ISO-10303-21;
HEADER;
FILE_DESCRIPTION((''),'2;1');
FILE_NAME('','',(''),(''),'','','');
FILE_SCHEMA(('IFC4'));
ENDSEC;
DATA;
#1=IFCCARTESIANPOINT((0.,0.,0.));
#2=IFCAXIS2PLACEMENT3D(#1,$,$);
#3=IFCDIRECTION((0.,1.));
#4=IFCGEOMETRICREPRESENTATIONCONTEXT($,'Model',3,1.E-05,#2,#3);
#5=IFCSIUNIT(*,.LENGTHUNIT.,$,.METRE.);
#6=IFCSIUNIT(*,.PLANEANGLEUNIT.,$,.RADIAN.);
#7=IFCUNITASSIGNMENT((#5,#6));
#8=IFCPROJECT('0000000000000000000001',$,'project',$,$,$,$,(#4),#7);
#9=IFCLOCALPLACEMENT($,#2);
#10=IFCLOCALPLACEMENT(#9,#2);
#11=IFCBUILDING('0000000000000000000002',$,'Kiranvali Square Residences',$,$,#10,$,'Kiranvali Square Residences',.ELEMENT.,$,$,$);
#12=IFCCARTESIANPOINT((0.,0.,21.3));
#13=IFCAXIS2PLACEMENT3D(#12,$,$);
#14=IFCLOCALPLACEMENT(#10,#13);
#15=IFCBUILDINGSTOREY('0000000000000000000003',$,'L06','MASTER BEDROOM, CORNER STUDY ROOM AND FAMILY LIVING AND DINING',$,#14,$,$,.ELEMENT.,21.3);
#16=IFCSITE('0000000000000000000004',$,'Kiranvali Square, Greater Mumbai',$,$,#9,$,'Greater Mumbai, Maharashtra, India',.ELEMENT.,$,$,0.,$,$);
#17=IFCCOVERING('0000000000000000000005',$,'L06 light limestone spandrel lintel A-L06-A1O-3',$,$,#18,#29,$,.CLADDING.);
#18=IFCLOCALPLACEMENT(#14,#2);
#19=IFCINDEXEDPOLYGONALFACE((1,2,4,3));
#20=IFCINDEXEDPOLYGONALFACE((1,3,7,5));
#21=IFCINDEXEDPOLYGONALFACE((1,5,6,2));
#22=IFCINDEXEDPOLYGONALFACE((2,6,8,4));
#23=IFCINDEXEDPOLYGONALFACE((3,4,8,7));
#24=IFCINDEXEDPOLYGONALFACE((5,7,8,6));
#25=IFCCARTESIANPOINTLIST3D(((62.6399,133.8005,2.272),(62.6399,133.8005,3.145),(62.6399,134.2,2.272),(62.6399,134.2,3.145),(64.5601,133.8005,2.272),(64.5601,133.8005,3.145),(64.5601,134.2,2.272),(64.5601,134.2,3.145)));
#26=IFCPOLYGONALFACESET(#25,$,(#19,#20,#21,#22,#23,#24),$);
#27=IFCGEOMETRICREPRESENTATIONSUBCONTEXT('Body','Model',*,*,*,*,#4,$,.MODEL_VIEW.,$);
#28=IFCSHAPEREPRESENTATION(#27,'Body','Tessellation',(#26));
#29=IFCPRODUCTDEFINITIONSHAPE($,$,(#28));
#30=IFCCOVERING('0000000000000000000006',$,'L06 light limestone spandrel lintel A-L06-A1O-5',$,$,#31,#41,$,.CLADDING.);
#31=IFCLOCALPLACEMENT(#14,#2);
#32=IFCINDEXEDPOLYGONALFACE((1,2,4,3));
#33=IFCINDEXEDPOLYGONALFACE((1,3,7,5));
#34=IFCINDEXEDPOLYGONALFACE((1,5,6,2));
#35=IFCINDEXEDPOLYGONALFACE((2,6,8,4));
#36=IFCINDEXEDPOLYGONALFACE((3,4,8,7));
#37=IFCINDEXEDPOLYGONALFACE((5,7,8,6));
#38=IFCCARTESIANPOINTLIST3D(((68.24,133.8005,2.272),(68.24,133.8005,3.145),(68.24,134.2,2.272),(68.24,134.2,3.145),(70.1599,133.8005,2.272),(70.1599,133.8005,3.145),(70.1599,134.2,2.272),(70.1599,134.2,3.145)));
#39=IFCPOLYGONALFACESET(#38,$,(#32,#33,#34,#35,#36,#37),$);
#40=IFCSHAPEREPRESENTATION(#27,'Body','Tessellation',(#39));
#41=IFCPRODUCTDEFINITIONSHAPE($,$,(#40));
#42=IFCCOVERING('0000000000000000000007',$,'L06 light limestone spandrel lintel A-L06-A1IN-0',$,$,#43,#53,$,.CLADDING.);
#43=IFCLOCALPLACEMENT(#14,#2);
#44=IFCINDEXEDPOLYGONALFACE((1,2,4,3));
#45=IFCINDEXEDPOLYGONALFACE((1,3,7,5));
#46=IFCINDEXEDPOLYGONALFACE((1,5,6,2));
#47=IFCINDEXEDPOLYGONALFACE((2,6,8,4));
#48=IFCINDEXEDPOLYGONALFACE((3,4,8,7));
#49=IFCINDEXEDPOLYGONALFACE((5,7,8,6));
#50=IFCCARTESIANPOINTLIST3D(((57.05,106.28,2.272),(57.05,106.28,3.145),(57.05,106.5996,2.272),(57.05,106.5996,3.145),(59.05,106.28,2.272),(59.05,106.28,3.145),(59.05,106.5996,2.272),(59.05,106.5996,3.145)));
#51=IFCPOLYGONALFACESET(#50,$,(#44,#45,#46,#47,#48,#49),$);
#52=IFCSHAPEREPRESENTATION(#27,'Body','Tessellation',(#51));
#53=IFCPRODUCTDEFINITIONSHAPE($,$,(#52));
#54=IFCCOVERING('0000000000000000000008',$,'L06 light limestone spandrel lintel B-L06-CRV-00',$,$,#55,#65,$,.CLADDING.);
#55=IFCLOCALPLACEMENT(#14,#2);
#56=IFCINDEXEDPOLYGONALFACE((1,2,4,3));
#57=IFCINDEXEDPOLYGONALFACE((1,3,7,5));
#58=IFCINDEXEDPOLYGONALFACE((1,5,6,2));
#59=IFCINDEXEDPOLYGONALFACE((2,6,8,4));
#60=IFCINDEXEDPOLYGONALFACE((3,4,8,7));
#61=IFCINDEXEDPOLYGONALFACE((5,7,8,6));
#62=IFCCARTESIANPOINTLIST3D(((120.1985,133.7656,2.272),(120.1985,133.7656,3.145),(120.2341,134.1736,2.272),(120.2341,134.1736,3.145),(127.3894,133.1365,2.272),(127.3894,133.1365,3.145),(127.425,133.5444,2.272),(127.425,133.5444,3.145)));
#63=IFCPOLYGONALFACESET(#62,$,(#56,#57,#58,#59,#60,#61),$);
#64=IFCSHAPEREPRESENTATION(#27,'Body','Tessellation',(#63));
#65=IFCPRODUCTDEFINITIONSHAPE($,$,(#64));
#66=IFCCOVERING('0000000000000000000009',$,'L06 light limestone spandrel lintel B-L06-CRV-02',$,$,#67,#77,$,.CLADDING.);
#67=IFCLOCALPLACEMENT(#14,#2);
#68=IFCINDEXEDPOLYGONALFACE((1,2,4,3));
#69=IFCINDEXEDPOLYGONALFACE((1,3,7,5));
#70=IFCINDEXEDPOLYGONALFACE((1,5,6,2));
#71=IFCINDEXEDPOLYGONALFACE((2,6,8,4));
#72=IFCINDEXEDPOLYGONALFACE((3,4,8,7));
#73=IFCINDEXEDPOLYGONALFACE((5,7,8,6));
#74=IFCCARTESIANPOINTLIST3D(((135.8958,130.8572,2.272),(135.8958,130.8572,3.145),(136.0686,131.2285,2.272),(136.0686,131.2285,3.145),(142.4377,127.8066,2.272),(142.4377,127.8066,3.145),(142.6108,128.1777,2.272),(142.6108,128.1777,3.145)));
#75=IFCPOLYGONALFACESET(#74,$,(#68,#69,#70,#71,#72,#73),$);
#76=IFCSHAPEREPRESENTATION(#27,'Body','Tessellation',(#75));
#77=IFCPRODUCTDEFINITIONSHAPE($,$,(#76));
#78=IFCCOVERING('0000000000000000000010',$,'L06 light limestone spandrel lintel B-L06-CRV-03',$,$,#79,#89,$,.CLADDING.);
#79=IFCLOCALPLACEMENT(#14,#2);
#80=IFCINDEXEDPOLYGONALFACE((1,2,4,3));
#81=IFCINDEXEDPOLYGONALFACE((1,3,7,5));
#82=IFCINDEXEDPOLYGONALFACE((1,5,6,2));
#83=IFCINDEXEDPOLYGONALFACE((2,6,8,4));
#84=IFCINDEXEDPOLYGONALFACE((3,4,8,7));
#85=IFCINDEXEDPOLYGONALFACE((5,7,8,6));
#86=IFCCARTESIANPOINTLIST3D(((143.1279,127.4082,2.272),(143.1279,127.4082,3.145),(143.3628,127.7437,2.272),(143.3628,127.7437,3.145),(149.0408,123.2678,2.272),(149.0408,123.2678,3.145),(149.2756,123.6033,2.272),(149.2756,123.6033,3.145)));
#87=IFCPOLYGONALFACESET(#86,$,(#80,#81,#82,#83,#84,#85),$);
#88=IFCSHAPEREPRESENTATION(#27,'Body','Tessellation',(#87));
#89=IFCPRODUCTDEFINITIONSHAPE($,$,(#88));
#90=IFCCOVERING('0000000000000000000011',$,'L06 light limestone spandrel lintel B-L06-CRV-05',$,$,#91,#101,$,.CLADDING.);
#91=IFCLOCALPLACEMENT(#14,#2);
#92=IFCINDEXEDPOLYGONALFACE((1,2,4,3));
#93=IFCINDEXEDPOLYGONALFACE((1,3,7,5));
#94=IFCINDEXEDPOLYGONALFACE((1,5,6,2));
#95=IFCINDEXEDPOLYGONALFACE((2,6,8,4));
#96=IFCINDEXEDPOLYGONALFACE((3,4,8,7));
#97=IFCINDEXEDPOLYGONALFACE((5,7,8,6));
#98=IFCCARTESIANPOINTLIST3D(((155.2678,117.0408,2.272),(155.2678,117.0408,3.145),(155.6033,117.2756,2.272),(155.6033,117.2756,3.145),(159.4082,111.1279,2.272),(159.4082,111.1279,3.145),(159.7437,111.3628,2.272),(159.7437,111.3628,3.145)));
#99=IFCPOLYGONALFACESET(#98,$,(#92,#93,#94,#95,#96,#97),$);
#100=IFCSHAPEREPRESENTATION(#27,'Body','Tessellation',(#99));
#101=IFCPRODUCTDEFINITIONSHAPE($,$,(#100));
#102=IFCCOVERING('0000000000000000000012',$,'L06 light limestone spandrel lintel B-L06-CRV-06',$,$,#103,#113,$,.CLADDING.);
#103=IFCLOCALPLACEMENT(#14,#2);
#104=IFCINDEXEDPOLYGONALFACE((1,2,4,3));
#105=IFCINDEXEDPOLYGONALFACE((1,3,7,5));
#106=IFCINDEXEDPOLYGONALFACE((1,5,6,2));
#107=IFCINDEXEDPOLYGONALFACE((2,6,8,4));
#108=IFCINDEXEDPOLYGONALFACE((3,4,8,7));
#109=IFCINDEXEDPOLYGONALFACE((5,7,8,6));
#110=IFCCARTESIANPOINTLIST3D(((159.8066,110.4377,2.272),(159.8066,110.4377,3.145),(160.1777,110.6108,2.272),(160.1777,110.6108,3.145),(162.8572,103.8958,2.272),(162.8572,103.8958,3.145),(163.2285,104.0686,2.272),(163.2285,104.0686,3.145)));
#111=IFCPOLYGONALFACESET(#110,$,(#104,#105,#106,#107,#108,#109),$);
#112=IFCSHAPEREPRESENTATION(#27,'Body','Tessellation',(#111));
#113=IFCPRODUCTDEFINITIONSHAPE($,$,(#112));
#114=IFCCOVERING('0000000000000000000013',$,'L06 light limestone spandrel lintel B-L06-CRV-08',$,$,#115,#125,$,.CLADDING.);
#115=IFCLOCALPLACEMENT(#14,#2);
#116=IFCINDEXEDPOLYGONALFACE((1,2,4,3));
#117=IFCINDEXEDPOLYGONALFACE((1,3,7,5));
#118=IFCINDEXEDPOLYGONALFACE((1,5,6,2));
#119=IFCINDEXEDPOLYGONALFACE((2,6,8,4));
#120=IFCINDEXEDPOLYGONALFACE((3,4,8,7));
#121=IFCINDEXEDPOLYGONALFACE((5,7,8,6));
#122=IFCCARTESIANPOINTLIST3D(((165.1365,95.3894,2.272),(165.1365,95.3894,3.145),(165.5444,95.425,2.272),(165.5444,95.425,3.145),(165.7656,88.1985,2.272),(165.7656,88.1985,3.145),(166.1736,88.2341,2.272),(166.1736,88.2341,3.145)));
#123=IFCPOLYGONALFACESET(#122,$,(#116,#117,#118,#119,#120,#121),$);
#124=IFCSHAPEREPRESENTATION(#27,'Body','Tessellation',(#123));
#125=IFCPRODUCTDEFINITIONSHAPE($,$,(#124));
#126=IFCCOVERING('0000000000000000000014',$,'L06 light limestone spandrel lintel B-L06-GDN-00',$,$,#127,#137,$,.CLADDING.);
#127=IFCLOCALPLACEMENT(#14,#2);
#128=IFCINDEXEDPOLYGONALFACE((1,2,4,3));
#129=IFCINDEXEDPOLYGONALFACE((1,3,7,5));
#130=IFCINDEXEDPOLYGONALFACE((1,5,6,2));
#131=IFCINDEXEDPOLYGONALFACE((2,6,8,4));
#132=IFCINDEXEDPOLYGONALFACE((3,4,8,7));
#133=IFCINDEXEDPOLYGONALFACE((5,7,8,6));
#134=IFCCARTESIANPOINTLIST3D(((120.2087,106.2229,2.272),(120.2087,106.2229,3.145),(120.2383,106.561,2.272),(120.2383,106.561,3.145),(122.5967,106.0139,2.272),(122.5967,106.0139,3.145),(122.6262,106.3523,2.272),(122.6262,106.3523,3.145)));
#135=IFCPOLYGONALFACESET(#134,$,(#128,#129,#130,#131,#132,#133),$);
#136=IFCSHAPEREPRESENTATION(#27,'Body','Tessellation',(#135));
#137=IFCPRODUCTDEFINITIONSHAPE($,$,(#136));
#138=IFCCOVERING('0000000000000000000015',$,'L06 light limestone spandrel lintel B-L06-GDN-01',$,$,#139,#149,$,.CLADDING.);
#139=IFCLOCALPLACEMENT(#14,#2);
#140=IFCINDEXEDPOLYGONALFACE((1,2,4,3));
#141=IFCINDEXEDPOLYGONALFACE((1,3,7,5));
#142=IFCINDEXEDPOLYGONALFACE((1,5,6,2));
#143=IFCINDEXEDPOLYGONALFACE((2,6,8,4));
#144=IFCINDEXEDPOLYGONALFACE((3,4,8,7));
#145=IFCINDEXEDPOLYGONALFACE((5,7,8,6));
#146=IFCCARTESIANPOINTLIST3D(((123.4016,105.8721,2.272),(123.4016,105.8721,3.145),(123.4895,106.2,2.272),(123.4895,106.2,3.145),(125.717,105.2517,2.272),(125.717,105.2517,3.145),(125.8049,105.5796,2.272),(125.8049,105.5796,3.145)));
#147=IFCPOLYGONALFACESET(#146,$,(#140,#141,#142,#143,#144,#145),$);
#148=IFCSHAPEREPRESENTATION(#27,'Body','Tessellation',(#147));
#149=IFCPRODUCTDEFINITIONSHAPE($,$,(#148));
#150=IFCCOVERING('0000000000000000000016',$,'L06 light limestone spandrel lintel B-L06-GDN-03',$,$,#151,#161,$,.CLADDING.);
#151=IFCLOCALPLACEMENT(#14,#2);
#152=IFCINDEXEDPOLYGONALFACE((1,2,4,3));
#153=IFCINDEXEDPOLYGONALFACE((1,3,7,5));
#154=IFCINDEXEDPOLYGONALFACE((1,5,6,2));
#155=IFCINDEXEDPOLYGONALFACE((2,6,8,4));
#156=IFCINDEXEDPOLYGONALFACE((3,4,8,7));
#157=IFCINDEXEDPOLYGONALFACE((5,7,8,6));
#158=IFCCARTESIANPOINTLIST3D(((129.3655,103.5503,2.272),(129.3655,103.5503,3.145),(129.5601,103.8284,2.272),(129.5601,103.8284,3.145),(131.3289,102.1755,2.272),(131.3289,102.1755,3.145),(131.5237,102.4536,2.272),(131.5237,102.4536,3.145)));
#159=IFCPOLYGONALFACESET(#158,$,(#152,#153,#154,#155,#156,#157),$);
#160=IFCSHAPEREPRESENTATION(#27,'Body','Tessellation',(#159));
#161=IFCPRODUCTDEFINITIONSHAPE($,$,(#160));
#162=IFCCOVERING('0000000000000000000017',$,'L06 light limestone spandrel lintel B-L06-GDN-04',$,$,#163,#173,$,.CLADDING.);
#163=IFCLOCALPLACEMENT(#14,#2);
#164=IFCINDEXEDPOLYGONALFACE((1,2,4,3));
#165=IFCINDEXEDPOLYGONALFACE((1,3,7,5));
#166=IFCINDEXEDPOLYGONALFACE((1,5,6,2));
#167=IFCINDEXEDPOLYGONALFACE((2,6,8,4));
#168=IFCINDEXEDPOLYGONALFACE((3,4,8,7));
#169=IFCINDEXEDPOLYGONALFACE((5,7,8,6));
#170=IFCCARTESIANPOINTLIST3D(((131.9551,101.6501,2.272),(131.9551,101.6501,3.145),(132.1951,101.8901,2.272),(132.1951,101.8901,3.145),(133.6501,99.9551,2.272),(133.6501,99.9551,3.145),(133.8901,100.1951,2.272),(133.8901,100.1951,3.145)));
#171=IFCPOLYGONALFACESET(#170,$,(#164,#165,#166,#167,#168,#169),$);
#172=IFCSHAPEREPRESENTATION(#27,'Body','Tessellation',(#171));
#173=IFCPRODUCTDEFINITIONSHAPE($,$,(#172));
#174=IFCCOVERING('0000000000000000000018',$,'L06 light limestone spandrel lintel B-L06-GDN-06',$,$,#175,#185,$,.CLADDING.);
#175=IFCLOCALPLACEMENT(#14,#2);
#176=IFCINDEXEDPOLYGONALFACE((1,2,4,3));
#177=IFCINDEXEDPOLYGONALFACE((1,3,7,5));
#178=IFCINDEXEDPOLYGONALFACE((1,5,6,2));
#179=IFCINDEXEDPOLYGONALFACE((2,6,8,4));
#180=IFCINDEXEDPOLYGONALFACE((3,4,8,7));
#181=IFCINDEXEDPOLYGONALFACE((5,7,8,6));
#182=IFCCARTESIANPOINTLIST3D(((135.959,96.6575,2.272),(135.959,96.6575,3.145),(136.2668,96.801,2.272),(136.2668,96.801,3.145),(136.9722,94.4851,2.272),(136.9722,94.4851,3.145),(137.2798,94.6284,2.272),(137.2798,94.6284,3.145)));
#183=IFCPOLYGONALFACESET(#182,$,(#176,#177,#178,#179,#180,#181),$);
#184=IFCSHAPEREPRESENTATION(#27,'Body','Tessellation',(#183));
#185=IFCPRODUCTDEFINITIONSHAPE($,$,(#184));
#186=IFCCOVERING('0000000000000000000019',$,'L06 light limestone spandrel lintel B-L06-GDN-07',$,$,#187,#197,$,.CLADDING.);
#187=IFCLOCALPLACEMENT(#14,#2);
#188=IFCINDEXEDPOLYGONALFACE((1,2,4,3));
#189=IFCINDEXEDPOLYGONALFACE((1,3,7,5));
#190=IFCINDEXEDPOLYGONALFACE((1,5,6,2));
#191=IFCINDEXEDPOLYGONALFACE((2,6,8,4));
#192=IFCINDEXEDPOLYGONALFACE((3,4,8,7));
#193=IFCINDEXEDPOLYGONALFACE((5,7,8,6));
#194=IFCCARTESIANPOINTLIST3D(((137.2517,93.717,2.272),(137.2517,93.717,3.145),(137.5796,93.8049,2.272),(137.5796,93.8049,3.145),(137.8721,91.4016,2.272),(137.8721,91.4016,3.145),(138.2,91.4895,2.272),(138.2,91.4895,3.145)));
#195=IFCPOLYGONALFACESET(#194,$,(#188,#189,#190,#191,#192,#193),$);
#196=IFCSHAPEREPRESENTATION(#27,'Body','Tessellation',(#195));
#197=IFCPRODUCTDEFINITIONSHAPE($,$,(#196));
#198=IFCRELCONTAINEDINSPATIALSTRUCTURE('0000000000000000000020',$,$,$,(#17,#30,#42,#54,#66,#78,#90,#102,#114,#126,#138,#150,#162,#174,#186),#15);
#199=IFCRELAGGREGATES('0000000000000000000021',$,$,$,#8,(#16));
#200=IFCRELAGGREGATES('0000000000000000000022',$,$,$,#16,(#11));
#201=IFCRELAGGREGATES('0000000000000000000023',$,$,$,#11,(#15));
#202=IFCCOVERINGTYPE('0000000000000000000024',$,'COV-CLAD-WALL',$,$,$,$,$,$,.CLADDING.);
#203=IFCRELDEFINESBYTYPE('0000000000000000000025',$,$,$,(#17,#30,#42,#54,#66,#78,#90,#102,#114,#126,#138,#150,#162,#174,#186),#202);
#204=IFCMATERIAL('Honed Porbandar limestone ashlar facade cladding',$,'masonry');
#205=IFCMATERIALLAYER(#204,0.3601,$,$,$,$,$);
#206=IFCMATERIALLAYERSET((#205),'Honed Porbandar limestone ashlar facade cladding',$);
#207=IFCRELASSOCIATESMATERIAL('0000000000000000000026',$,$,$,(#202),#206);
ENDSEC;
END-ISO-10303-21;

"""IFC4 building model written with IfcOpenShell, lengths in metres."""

from ifc_helpers import new_model, si_unit, direction, frame, origin, place, context, subcontext, project, spatial, polyline, outline, extrude, material, layer, layer_set, type_object, element, save


model = new_model("IFC4")

# Units and contexts
model_context = context("Model", 3, precision=1e-05, world=origin(), true_north=direction((0.0, 1.0)))
body_context = subcontext(model_context, "Body", "Model", "MODEL_VIEW")
ifc_project = project(units=[si_unit("LENGTHUNIT", "METRE"), si_unit("PLANEANGLEUNIT", "RADIAN")], contexts=[model_context])

# Site, building, storey
site_placement = place(None, origin())
site = spatial("IfcSite", under=ifc_project, at=site_placement, Name="Kiranvali Square, Greater Mumbai", LongName="Greater Mumbai, Maharashtra, India", CompositionType="ELEMENT", RefElevation=0.0)
building_placement = place(site_placement, origin())
building = spatial("IfcBuilding", under=site, at=building_placement, Name="Kiranvali Square Residences", LongName="Kiranvali Square Residences", CompositionType="ELEMENT")
storey_placement = place(building_placement, frame((0.0, 0.0, 21.3)))
storey = spatial("IfcBuildingStorey", under=building, at=storey_placement, Name="L06", Description="MASTER BEDROOM, CORNER STUDY ROOM AND FAMILY LIVING AND DINING", CompositionType="ELEMENT", Elevation=21.3)

# Coverings
ifc_material = material(Name="Honed Porbandar limestone ashlar facade cladding", Category="masonry")
ifc_layer = layer(ifc_material, 0.3601)
ifc_layer_set = layer_set([ifc_layer], Name="Honed Porbandar limestone ashlar facade cladding")
covering_type = type_object("IfcCoveringType", Name="COV-CLAD-WALL", PredefinedType="CLADDING", material=ifc_layer_set)
covering_1_placement = place(storey_placement, frame((0.0, 0.0, 2.272)))
element("IfcCovering", 1, at=covering_1_placement, inside=storey, type_object=covering_type, Name="L06 light limestone spandrel lintel A-L06-A1O-3", PredefinedType="CLADDING", context=body_context, shape_type="SweptSolid", body=[
    extrude(outline(polyline([(62.6399, 133.8005), (64.5601, 133.8005), (64.5601, 134.2), (62.6399, 134.2), (62.6399, 133.8005)])), origin(), (0.0, 0.0, 1.0), 0.873),
])
covering_2_placement = place(storey_placement, frame((0.0, 0.0, 2.272)))
element("IfcCovering", 2, at=covering_2_placement, inside=storey, type_object=covering_type, Name="L06 light limestone spandrel lintel A-L06-A1O-5", PredefinedType="CLADDING", context=body_context, shape_type="SweptSolid", body=[
    extrude(outline(polyline([(68.24, 133.8005), (70.1599, 133.8005), (70.1599, 134.2), (68.24, 134.2), (68.24, 133.8005)])), origin(), (0.0, 0.0, 1.0), 0.873),
])
covering_3_placement = place(storey_placement, frame((0.0, 0.0, 2.272)))
element("IfcCovering", 3, at=covering_3_placement, inside=storey, type_object=covering_type, Name="L06 light limestone spandrel lintel A-L06-A1IN-0", PredefinedType="CLADDING", context=body_context, shape_type="SweptSolid", body=[
    extrude(outline(polyline([(57.05, 106.28), (59.05, 106.28), (59.05, 106.5996), (57.05, 106.5996), (57.05, 106.28)])), origin(), (0.0, 0.0, 1.0), 0.873),
])
covering_4_placement = place(storey_placement, frame((0.0, 0.0, 2.272)))
element("IfcCovering", 4, at=covering_4_placement, inside=storey, type_object=covering_type, Name="L06 light limestone spandrel lintel B-L06-CRV-00", PredefinedType="CLADDING", context=body_context, shape_type="SweptSolid", body=[
    extrude(outline(polyline([(120.1985, 133.7656), (127.3894, 133.1365), (127.425, 133.5444), (120.2341, 134.1736), (120.1985, 133.7656)])), origin(), (0.0, 0.0, 1.0), 0.873),
])
covering_5_placement = place(storey_placement, frame((0.0, 0.0, 2.272)))
element("IfcCovering", 5, at=covering_5_placement, inside=storey, type_object=covering_type, Name="L06 light limestone spandrel lintel B-L06-CRV-02", PredefinedType="CLADDING", context=body_context, shape_type="SweptSolid", body=[
    extrude(outline(polyline([(135.8958, 130.8572), (142.4377, 127.8066), (142.6108, 128.1777), (136.0686, 131.2285), (135.8958, 130.8572)])), origin(), (0.0, 0.0, 1.0), 0.873),
])
covering_6_placement = place(storey_placement, frame((0.0, 0.0, 2.272)))
element("IfcCovering", 6, at=covering_6_placement, inside=storey, type_object=covering_type, Name="L06 light limestone spandrel lintel B-L06-CRV-03", PredefinedType="CLADDING", context=body_context, shape_type="SweptSolid", body=[
    extrude(outline(polyline([(143.1279, 127.4082), (149.0408, 123.2678), (149.2756, 123.6033), (143.3628, 127.7437), (143.1279, 127.4082)])), origin(), (0.0, 0.0, 1.0), 0.873),
])
covering_7_placement = place(storey_placement, frame((0.0, 0.0, 2.272)))
element("IfcCovering", 7, at=covering_7_placement, inside=storey, type_object=covering_type, Name="L06 light limestone spandrel lintel B-L06-CRV-05", PredefinedType="CLADDING", context=body_context, shape_type="SweptSolid", body=[
    extrude(outline(polyline([(155.2678, 117.0408), (159.4082, 111.1279), (159.7437, 111.3628), (155.6033, 117.2756), (155.2678, 117.0408)])), origin(), (0.0, 0.0, 1.0), 0.873),
])
covering_8_placement = place(storey_placement, frame((0.0, 0.0, 2.272)))
element("IfcCovering", 8, at=covering_8_placement, inside=storey, type_object=covering_type, Name="L06 light limestone spandrel lintel B-L06-CRV-06", PredefinedType="CLADDING", context=body_context, shape_type="SweptSolid", body=[
    extrude(outline(polyline([(159.8066, 110.4377), (162.8572, 103.8958), (163.2285, 104.0686), (160.1777, 110.6108), (159.8066, 110.4377)])), origin(), (0.0, 0.0, 1.0), 0.873),
])
covering_9_placement = place(storey_placement, frame((0.0, 0.0, 2.272)))
element("IfcCovering", 9, at=covering_9_placement, inside=storey, type_object=covering_type, Name="L06 light limestone spandrel lintel B-L06-CRV-08", PredefinedType="CLADDING", context=body_context, shape_type="SweptSolid", body=[
    extrude(outline(polyline([(165.1365, 95.3894), (165.7656, 88.1985), (166.1736, 88.2341), (165.5444, 95.425), (165.1365, 95.3894)])), origin(), (0.0, 0.0, 1.0), 0.873),
])
covering_10_placement = place(storey_placement, frame((0.0, 0.0, 2.272)))
element("IfcCovering", 10, at=covering_10_placement, inside=storey, type_object=covering_type, Name="L06 light limestone spandrel lintel B-L06-GDN-00", PredefinedType="CLADDING", context=body_context, shape_type="SweptSolid", body=[
    extrude(outline(polyline([(120.2087, 106.2229), (122.5967, 106.0139), (122.6262, 106.3523), (120.2383, 106.561), (120.2087, 106.2229)])), origin(), (0.0, 0.0, 1.0), 0.873),
])
covering_11_placement = place(storey_placement, frame((0.0, 0.0, 2.272)))
element("IfcCovering", 11, at=covering_11_placement, inside=storey, type_object=covering_type, Name="L06 light limestone spandrel lintel B-L06-GDN-01", PredefinedType="CLADDING", context=body_context, shape_type="SweptSolid", body=[
    extrude(outline(polyline([(123.4016, 105.8721), (125.717, 105.2517), (125.8049, 105.5796), (123.4895, 106.2), (123.4016, 105.8721)])), origin(), (0.0, 0.0, 1.0), 0.873),
])
covering_12_placement = place(storey_placement, frame((0.0, 0.0, 2.272)))
element("IfcCovering", 12, at=covering_12_placement, inside=storey, type_object=covering_type, Name="L06 light limestone spandrel lintel B-L06-GDN-03", PredefinedType="CLADDING", context=body_context, shape_type="SweptSolid", body=[
    extrude(outline(polyline([(129.3655, 103.5503), (131.3289, 102.1755), (131.5237, 102.4536), (129.5601, 103.8284), (129.3655, 103.5503)])), origin(), (0.0, 0.0, 1.0), 0.873),
])
covering_13_placement = place(storey_placement, frame((0.0, 0.0, 2.272)))
element("IfcCovering", 13, at=covering_13_placement, inside=storey, type_object=covering_type, Name="L06 light limestone spandrel lintel B-L06-GDN-04", PredefinedType="CLADDING", context=body_context, shape_type="SweptSolid", body=[
    extrude(outline(polyline([(131.9551, 101.6501), (133.6501, 99.9551), (133.8901, 100.1951), (132.1951, 101.8901), (131.9551, 101.6501)])), origin(), (0.0, 0.0, 1.0), 0.873),
])
covering_14_placement = place(storey_placement, frame((0.0, 0.0, 2.272)))
element("IfcCovering", 14, at=covering_14_placement, inside=storey, type_object=covering_type, Name="L06 light limestone spandrel lintel B-L06-GDN-06", PredefinedType="CLADDING", context=body_context, shape_type="SweptSolid", body=[
    extrude(outline(polyline([(135.959, 96.6575), (136.9722, 94.4851), (137.2798, 94.6284), (136.2668, 96.801), (135.959, 96.6575)])), origin(), (0.0, 0.0, 1.0), 0.873),
])
covering_15_placement = place(storey_placement, frame((0.0, 0.0, 2.272)))
element("IfcCovering", 15, at=covering_15_placement, inside=storey, type_object=covering_type, Name="L06 light limestone spandrel lintel B-L06-GDN-07", PredefinedType="CLADDING", context=body_context, shape_type="SweptSolid", body=[
    extrude(outline(polyline([(137.2517, 93.717), (137.8721, 91.4016), (138.2, 91.4895), (137.5796, 93.8049), (137.2517, 93.717)])), origin(), (0.0, 0.0, 1.0), 0.873),
])

save(model, "model.ifc")
